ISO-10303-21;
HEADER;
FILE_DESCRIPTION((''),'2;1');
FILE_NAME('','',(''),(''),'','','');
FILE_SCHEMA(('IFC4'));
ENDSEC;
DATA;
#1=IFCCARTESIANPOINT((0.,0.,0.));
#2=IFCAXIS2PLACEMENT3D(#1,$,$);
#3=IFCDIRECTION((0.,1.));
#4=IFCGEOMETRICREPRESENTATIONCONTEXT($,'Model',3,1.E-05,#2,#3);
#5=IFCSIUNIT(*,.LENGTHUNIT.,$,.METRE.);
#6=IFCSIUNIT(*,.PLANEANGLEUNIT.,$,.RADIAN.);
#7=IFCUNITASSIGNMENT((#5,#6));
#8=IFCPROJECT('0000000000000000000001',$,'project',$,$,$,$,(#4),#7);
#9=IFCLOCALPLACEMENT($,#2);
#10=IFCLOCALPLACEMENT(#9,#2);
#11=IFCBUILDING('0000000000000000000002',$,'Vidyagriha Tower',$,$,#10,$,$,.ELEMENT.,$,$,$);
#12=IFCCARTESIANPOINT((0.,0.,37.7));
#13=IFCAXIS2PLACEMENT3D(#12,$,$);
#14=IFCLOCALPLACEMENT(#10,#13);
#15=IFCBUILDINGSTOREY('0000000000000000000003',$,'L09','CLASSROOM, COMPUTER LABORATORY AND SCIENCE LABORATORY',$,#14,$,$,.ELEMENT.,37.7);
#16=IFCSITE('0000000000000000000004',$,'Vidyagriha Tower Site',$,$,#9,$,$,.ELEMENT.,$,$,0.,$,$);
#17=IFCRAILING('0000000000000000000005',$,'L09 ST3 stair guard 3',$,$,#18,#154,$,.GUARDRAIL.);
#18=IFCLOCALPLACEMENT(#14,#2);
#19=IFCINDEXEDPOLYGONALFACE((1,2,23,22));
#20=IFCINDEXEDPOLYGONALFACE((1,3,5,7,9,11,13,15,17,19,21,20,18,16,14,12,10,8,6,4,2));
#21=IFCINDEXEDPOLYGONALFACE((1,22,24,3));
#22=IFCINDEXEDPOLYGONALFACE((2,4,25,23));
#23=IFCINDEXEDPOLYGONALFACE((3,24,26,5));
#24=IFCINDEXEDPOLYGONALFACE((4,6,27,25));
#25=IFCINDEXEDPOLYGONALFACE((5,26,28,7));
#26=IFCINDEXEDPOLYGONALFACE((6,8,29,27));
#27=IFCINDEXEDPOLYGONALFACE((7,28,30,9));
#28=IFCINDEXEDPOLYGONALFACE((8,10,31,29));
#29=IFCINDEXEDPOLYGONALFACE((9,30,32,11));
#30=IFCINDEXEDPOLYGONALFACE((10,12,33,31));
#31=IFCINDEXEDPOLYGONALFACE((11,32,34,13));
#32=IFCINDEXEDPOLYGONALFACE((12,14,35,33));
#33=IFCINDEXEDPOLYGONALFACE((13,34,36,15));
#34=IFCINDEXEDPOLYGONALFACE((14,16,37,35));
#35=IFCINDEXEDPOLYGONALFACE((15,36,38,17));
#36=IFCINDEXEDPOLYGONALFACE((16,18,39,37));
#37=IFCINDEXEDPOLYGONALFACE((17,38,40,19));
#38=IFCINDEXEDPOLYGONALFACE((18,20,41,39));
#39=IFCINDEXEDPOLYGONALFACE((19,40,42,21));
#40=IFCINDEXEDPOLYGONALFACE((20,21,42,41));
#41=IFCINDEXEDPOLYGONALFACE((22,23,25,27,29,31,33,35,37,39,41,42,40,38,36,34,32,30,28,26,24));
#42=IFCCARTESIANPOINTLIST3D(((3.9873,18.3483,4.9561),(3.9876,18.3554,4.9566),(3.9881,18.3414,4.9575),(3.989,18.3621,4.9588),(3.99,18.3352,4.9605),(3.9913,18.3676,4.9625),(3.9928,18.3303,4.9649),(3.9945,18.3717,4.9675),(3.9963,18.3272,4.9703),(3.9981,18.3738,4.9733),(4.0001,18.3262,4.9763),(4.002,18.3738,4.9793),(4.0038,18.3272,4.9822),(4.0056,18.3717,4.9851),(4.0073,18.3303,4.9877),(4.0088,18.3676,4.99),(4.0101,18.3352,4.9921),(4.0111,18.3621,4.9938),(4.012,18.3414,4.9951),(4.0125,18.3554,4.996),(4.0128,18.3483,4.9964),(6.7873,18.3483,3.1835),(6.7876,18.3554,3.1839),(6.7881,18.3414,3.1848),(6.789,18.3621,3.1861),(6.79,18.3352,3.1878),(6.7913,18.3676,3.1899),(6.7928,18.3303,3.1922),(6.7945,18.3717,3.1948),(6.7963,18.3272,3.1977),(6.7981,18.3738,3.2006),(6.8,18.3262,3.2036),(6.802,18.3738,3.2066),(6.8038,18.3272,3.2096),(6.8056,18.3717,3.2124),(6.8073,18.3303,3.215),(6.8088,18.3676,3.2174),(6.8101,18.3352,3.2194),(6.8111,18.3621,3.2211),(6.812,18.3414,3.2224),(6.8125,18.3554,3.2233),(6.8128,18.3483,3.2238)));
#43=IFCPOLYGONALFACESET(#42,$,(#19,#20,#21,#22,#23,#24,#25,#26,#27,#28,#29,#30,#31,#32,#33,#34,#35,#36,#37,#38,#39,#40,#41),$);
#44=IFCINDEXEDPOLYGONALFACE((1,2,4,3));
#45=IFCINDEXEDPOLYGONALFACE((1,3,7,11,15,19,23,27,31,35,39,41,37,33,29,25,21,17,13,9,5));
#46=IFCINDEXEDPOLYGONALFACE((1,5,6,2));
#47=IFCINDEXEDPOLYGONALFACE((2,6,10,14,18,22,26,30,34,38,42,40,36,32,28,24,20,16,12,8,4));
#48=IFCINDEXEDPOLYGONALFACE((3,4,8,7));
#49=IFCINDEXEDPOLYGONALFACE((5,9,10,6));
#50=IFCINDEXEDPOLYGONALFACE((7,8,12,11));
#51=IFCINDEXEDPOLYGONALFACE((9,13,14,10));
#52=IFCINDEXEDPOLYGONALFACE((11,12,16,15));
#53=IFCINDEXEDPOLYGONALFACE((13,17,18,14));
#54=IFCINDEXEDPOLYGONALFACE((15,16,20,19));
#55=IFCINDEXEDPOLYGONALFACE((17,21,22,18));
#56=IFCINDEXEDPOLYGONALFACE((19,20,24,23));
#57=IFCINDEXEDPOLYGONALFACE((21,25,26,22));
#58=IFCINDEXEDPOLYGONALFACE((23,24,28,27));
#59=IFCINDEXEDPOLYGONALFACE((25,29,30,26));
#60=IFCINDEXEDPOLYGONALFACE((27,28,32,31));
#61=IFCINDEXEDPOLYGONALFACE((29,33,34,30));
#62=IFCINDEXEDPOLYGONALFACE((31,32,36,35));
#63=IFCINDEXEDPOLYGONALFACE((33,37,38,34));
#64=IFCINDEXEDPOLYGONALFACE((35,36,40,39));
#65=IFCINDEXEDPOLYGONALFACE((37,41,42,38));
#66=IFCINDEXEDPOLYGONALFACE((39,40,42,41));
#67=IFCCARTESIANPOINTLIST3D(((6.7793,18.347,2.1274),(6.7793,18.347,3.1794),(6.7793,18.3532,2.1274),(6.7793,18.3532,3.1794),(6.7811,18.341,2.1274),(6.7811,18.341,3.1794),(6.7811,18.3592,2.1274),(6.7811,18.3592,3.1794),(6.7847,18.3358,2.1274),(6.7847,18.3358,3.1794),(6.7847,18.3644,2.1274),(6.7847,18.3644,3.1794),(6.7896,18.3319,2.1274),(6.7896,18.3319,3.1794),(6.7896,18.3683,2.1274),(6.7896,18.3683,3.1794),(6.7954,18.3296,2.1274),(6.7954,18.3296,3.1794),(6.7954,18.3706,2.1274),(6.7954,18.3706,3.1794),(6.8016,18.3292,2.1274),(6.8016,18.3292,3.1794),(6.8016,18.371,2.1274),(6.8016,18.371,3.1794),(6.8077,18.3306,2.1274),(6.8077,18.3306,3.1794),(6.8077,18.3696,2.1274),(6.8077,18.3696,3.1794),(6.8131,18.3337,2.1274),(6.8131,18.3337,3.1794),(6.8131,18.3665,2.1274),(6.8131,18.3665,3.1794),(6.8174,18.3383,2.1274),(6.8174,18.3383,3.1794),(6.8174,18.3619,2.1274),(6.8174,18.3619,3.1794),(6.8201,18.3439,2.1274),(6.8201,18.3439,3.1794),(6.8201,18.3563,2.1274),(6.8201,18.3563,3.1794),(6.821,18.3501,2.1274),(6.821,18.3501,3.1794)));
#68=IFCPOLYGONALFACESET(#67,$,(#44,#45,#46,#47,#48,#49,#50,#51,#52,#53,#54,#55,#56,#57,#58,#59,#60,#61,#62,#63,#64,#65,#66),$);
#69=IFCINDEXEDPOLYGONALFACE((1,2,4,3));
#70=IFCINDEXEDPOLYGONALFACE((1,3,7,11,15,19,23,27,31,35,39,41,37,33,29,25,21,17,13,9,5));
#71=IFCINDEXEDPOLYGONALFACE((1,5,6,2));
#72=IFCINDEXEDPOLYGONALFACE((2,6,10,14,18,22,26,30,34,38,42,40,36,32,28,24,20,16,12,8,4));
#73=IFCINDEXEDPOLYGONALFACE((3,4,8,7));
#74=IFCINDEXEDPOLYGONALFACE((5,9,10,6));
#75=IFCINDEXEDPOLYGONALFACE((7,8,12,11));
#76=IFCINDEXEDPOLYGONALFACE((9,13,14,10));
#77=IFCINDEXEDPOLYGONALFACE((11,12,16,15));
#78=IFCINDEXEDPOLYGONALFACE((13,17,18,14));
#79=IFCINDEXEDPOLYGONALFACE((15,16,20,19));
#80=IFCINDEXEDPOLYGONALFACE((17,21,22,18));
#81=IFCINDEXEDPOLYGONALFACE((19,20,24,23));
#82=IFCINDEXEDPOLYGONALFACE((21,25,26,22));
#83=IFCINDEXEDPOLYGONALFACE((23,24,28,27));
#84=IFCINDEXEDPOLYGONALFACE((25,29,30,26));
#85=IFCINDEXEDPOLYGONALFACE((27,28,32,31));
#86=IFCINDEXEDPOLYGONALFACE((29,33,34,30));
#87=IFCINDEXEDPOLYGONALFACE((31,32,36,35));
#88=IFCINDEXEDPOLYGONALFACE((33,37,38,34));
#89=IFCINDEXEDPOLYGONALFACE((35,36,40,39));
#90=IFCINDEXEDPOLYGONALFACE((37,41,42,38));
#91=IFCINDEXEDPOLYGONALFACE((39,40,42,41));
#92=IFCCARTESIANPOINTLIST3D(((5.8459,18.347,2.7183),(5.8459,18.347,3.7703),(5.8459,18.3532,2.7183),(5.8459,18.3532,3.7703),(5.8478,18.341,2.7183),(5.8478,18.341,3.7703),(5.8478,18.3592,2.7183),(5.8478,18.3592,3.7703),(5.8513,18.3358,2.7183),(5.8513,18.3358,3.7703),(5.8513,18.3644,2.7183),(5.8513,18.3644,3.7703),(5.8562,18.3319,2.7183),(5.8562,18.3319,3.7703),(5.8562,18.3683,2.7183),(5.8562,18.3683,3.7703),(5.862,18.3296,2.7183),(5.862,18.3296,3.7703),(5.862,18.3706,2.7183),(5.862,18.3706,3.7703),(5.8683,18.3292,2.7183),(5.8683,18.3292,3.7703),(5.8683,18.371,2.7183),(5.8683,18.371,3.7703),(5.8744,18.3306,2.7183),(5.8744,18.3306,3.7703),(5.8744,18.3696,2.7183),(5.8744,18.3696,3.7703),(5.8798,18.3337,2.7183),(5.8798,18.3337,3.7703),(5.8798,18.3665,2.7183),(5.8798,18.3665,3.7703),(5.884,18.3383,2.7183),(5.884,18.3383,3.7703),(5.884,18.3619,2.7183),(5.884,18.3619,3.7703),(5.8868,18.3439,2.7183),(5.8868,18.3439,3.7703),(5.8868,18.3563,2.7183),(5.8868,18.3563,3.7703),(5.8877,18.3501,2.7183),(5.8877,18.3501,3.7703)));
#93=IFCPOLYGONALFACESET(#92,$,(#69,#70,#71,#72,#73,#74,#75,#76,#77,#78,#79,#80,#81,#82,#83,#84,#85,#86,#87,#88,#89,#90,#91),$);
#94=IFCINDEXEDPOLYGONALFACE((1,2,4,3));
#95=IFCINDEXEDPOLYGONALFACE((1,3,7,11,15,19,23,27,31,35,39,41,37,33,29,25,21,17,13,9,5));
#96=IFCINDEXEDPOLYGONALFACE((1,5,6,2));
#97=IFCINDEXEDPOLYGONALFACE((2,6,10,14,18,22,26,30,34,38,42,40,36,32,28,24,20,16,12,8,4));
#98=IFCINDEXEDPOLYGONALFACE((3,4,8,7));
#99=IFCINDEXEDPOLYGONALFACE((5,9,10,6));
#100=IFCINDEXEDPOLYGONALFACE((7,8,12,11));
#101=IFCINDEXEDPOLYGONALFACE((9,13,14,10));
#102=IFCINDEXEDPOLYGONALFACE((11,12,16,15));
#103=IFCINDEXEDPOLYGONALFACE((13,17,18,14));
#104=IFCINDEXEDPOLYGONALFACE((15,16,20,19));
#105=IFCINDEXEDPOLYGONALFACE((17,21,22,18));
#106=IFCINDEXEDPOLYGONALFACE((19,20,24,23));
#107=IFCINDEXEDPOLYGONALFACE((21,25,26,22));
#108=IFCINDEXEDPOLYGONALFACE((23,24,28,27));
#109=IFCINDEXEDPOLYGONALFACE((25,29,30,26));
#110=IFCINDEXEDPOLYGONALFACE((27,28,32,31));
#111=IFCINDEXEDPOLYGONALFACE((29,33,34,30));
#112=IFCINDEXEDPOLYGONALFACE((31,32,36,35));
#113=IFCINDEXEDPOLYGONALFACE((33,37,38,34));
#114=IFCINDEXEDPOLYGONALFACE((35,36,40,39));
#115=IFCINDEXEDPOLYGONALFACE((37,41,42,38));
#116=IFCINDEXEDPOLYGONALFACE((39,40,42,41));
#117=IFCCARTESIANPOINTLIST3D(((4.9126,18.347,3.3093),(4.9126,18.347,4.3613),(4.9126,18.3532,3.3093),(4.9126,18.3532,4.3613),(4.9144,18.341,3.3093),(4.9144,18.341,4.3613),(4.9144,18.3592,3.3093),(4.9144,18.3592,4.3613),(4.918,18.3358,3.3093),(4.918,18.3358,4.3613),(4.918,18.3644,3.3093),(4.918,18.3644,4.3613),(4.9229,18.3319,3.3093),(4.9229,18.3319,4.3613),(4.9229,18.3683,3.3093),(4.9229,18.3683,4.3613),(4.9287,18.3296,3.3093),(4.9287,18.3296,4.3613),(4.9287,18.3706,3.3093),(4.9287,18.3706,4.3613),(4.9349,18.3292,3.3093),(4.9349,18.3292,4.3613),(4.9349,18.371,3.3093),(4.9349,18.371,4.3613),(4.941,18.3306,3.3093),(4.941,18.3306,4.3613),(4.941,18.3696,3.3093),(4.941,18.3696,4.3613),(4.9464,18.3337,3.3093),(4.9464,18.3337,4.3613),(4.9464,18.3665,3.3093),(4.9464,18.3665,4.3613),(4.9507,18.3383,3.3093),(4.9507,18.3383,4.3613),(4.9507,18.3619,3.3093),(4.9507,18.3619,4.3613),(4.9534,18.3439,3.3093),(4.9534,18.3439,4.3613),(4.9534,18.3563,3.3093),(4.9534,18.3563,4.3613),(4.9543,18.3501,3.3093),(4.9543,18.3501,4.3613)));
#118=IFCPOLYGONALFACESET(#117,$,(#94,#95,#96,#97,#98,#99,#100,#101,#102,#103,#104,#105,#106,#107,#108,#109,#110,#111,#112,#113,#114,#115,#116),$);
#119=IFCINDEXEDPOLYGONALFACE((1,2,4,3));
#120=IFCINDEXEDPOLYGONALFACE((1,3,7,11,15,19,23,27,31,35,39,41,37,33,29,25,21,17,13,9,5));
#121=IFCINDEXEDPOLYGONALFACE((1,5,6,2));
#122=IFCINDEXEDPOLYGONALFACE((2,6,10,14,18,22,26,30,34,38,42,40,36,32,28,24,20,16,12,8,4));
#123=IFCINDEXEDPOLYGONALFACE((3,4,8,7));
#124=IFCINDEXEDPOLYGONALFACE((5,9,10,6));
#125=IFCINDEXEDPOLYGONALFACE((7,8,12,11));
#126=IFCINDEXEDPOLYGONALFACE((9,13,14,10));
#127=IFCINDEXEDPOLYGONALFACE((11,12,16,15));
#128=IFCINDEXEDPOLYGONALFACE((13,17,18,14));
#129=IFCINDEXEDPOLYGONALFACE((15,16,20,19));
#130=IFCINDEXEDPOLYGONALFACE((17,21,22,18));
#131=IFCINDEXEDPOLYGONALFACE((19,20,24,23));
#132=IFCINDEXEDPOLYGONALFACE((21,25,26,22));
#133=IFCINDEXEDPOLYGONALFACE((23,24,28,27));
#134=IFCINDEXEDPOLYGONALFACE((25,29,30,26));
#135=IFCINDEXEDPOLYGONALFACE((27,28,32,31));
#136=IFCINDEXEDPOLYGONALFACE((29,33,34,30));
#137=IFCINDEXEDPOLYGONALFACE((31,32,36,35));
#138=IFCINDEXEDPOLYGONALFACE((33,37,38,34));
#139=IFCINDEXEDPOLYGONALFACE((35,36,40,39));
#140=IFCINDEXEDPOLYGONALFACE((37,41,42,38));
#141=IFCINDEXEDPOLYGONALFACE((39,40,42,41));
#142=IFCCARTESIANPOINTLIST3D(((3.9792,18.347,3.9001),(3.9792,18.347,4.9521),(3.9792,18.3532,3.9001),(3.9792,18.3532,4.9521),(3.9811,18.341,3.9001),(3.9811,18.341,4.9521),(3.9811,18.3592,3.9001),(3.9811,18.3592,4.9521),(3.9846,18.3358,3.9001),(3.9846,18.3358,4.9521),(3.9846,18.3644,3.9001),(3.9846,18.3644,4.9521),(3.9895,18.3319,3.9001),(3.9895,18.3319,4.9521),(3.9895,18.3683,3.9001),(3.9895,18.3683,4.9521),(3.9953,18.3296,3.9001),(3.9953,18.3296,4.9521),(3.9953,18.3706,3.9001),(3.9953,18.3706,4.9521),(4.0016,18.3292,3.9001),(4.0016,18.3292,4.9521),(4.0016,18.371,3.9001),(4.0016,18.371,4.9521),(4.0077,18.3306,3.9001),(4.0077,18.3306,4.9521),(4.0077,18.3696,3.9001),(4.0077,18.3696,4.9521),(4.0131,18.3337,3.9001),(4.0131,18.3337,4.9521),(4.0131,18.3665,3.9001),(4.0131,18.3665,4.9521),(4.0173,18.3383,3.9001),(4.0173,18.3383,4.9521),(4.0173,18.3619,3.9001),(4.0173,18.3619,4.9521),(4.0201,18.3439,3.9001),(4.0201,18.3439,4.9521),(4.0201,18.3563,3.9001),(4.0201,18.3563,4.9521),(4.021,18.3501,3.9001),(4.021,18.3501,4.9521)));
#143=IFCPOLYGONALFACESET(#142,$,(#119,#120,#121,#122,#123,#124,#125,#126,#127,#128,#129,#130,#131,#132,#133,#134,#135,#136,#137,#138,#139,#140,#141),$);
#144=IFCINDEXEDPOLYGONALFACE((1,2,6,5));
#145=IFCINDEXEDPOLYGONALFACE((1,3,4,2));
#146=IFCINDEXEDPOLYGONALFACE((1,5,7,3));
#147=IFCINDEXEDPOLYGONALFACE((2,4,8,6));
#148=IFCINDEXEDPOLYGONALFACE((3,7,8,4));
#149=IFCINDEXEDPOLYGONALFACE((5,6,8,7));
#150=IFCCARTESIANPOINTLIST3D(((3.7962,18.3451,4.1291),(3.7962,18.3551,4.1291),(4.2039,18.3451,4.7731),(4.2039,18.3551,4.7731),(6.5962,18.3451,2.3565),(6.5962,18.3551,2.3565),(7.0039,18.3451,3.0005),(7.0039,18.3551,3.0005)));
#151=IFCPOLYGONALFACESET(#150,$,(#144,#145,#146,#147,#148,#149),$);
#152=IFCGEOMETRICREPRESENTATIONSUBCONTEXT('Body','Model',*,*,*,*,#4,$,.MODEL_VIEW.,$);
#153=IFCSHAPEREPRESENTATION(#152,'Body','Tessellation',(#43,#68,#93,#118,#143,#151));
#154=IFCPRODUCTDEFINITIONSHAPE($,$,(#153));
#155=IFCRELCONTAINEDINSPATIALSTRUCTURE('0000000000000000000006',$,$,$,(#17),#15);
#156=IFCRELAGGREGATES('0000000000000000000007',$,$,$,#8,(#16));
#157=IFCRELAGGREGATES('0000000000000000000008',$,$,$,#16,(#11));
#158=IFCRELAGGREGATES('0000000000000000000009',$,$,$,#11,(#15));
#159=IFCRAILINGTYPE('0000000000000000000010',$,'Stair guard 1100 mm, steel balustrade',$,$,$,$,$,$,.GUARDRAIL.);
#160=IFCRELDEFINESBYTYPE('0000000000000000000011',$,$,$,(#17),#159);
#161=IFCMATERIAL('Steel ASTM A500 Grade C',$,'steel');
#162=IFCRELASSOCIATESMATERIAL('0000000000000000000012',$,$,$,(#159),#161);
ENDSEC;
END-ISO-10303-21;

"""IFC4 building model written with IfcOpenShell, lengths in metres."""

from ifc_helpers import new_model, si_unit, direction, frame, origin, origin_2d, place, context, subcontext, project, spatial, rectangle, circle, extrude, material, type_object, element, save


model = new_model("IFC4")

# Units and contexts
model_context = context("Model", 3, precision=1e-05, world=origin(), true_north=direction((0.0, 1.0)))
body_context = subcontext(model_context, "Body", "Model", "MODEL_VIEW")
ifc_project = project(units=[si_unit("LENGTHUNIT", "METRE"), si_unit("PLANEANGLEUNIT", "RADIAN")], contexts=[model_context])

# Site, building, storey
site_placement = place(None, origin())
site = spatial("IfcSite", under=ifc_project, at=site_placement, Name="Vidyagriha Tower Site", CompositionType="ELEMENT", RefElevation=0.0)
building_placement = place(site_placement, origin())
building = spatial("IfcBuilding", under=site, at=building_placement, Name="Vidyagriha Tower", CompositionType="ELEMENT")
storey_placement = place(building_placement, frame((0.0, 0.0, 37.7)))
storey = spatial("IfcBuildingStorey", under=building, at=storey_placement, Name="L09", Description="CLASSROOM, COMPUTER LABORATORY AND SCIENCE LABORATORY", CompositionType="ELEMENT", Elevation=37.7)

# Railing
ifc_material_1 = material(Name="Steel ASTM A500 Grade C", Category="steel")
railing_type_1 = type_object("IfcRailingType", Name="Stair guard 1100 mm, steel balustrade", PredefinedType="GUARDRAIL", material=ifc_material_1)
railing_1_placement = place(storey_placement, frame((6.8, 18.3501, 2.1274)))
element("IfcRailing", 1, at=railing_1_placement, inside=storey, type_object=railing_type_1, Name="L09 ST3 stair guard 3", PredefinedType="GUARDRAIL", context=body_context, shape_type="SweptSolid", body=[
    extrude(circle(Radius=0.0239, at=origin_2d()), frame((0.0, 0.0, 1.0762), z_axis=(-0.844909, 0.0, 0.53491), x_axis=(0.0, -1.0, 0.0)), (0.0, 0.0, 1.0), 3.314),
    extrude(circle(Radius=0.021, at=origin_2d()), origin(), (0.0, 0.0, 1.0), 1.052),
    extrude(circle(Radius=0.021, at=origin_2d()), frame((-0.9333, 0.0, 0.5908)), (0.0, 0.0, 1.0), 1.052),
    extrude(circle(Radius=0.021, at=origin_2d()), frame((-1.8667, 0.0, 1.1819)), (0.0, 0.0, 1.0), 1.052),
    extrude(circle(Radius=0.021, at=origin_2d()), frame((-2.8, 0.0, 1.7727)), (0.0, 0.0, 1.0), 1.052),
    extrude(rectangle(XDim=0.01, YDim=0.7622, at=origin_2d()), frame((0.0, 0.0, 0.551), z_axis=(-0.844909, 0.0, 0.53491), x_axis=(0.0, -1.0, 0.0)), (0.0, 0.0, 1.0), 3.314),
])

save(model, "model.ifc")
